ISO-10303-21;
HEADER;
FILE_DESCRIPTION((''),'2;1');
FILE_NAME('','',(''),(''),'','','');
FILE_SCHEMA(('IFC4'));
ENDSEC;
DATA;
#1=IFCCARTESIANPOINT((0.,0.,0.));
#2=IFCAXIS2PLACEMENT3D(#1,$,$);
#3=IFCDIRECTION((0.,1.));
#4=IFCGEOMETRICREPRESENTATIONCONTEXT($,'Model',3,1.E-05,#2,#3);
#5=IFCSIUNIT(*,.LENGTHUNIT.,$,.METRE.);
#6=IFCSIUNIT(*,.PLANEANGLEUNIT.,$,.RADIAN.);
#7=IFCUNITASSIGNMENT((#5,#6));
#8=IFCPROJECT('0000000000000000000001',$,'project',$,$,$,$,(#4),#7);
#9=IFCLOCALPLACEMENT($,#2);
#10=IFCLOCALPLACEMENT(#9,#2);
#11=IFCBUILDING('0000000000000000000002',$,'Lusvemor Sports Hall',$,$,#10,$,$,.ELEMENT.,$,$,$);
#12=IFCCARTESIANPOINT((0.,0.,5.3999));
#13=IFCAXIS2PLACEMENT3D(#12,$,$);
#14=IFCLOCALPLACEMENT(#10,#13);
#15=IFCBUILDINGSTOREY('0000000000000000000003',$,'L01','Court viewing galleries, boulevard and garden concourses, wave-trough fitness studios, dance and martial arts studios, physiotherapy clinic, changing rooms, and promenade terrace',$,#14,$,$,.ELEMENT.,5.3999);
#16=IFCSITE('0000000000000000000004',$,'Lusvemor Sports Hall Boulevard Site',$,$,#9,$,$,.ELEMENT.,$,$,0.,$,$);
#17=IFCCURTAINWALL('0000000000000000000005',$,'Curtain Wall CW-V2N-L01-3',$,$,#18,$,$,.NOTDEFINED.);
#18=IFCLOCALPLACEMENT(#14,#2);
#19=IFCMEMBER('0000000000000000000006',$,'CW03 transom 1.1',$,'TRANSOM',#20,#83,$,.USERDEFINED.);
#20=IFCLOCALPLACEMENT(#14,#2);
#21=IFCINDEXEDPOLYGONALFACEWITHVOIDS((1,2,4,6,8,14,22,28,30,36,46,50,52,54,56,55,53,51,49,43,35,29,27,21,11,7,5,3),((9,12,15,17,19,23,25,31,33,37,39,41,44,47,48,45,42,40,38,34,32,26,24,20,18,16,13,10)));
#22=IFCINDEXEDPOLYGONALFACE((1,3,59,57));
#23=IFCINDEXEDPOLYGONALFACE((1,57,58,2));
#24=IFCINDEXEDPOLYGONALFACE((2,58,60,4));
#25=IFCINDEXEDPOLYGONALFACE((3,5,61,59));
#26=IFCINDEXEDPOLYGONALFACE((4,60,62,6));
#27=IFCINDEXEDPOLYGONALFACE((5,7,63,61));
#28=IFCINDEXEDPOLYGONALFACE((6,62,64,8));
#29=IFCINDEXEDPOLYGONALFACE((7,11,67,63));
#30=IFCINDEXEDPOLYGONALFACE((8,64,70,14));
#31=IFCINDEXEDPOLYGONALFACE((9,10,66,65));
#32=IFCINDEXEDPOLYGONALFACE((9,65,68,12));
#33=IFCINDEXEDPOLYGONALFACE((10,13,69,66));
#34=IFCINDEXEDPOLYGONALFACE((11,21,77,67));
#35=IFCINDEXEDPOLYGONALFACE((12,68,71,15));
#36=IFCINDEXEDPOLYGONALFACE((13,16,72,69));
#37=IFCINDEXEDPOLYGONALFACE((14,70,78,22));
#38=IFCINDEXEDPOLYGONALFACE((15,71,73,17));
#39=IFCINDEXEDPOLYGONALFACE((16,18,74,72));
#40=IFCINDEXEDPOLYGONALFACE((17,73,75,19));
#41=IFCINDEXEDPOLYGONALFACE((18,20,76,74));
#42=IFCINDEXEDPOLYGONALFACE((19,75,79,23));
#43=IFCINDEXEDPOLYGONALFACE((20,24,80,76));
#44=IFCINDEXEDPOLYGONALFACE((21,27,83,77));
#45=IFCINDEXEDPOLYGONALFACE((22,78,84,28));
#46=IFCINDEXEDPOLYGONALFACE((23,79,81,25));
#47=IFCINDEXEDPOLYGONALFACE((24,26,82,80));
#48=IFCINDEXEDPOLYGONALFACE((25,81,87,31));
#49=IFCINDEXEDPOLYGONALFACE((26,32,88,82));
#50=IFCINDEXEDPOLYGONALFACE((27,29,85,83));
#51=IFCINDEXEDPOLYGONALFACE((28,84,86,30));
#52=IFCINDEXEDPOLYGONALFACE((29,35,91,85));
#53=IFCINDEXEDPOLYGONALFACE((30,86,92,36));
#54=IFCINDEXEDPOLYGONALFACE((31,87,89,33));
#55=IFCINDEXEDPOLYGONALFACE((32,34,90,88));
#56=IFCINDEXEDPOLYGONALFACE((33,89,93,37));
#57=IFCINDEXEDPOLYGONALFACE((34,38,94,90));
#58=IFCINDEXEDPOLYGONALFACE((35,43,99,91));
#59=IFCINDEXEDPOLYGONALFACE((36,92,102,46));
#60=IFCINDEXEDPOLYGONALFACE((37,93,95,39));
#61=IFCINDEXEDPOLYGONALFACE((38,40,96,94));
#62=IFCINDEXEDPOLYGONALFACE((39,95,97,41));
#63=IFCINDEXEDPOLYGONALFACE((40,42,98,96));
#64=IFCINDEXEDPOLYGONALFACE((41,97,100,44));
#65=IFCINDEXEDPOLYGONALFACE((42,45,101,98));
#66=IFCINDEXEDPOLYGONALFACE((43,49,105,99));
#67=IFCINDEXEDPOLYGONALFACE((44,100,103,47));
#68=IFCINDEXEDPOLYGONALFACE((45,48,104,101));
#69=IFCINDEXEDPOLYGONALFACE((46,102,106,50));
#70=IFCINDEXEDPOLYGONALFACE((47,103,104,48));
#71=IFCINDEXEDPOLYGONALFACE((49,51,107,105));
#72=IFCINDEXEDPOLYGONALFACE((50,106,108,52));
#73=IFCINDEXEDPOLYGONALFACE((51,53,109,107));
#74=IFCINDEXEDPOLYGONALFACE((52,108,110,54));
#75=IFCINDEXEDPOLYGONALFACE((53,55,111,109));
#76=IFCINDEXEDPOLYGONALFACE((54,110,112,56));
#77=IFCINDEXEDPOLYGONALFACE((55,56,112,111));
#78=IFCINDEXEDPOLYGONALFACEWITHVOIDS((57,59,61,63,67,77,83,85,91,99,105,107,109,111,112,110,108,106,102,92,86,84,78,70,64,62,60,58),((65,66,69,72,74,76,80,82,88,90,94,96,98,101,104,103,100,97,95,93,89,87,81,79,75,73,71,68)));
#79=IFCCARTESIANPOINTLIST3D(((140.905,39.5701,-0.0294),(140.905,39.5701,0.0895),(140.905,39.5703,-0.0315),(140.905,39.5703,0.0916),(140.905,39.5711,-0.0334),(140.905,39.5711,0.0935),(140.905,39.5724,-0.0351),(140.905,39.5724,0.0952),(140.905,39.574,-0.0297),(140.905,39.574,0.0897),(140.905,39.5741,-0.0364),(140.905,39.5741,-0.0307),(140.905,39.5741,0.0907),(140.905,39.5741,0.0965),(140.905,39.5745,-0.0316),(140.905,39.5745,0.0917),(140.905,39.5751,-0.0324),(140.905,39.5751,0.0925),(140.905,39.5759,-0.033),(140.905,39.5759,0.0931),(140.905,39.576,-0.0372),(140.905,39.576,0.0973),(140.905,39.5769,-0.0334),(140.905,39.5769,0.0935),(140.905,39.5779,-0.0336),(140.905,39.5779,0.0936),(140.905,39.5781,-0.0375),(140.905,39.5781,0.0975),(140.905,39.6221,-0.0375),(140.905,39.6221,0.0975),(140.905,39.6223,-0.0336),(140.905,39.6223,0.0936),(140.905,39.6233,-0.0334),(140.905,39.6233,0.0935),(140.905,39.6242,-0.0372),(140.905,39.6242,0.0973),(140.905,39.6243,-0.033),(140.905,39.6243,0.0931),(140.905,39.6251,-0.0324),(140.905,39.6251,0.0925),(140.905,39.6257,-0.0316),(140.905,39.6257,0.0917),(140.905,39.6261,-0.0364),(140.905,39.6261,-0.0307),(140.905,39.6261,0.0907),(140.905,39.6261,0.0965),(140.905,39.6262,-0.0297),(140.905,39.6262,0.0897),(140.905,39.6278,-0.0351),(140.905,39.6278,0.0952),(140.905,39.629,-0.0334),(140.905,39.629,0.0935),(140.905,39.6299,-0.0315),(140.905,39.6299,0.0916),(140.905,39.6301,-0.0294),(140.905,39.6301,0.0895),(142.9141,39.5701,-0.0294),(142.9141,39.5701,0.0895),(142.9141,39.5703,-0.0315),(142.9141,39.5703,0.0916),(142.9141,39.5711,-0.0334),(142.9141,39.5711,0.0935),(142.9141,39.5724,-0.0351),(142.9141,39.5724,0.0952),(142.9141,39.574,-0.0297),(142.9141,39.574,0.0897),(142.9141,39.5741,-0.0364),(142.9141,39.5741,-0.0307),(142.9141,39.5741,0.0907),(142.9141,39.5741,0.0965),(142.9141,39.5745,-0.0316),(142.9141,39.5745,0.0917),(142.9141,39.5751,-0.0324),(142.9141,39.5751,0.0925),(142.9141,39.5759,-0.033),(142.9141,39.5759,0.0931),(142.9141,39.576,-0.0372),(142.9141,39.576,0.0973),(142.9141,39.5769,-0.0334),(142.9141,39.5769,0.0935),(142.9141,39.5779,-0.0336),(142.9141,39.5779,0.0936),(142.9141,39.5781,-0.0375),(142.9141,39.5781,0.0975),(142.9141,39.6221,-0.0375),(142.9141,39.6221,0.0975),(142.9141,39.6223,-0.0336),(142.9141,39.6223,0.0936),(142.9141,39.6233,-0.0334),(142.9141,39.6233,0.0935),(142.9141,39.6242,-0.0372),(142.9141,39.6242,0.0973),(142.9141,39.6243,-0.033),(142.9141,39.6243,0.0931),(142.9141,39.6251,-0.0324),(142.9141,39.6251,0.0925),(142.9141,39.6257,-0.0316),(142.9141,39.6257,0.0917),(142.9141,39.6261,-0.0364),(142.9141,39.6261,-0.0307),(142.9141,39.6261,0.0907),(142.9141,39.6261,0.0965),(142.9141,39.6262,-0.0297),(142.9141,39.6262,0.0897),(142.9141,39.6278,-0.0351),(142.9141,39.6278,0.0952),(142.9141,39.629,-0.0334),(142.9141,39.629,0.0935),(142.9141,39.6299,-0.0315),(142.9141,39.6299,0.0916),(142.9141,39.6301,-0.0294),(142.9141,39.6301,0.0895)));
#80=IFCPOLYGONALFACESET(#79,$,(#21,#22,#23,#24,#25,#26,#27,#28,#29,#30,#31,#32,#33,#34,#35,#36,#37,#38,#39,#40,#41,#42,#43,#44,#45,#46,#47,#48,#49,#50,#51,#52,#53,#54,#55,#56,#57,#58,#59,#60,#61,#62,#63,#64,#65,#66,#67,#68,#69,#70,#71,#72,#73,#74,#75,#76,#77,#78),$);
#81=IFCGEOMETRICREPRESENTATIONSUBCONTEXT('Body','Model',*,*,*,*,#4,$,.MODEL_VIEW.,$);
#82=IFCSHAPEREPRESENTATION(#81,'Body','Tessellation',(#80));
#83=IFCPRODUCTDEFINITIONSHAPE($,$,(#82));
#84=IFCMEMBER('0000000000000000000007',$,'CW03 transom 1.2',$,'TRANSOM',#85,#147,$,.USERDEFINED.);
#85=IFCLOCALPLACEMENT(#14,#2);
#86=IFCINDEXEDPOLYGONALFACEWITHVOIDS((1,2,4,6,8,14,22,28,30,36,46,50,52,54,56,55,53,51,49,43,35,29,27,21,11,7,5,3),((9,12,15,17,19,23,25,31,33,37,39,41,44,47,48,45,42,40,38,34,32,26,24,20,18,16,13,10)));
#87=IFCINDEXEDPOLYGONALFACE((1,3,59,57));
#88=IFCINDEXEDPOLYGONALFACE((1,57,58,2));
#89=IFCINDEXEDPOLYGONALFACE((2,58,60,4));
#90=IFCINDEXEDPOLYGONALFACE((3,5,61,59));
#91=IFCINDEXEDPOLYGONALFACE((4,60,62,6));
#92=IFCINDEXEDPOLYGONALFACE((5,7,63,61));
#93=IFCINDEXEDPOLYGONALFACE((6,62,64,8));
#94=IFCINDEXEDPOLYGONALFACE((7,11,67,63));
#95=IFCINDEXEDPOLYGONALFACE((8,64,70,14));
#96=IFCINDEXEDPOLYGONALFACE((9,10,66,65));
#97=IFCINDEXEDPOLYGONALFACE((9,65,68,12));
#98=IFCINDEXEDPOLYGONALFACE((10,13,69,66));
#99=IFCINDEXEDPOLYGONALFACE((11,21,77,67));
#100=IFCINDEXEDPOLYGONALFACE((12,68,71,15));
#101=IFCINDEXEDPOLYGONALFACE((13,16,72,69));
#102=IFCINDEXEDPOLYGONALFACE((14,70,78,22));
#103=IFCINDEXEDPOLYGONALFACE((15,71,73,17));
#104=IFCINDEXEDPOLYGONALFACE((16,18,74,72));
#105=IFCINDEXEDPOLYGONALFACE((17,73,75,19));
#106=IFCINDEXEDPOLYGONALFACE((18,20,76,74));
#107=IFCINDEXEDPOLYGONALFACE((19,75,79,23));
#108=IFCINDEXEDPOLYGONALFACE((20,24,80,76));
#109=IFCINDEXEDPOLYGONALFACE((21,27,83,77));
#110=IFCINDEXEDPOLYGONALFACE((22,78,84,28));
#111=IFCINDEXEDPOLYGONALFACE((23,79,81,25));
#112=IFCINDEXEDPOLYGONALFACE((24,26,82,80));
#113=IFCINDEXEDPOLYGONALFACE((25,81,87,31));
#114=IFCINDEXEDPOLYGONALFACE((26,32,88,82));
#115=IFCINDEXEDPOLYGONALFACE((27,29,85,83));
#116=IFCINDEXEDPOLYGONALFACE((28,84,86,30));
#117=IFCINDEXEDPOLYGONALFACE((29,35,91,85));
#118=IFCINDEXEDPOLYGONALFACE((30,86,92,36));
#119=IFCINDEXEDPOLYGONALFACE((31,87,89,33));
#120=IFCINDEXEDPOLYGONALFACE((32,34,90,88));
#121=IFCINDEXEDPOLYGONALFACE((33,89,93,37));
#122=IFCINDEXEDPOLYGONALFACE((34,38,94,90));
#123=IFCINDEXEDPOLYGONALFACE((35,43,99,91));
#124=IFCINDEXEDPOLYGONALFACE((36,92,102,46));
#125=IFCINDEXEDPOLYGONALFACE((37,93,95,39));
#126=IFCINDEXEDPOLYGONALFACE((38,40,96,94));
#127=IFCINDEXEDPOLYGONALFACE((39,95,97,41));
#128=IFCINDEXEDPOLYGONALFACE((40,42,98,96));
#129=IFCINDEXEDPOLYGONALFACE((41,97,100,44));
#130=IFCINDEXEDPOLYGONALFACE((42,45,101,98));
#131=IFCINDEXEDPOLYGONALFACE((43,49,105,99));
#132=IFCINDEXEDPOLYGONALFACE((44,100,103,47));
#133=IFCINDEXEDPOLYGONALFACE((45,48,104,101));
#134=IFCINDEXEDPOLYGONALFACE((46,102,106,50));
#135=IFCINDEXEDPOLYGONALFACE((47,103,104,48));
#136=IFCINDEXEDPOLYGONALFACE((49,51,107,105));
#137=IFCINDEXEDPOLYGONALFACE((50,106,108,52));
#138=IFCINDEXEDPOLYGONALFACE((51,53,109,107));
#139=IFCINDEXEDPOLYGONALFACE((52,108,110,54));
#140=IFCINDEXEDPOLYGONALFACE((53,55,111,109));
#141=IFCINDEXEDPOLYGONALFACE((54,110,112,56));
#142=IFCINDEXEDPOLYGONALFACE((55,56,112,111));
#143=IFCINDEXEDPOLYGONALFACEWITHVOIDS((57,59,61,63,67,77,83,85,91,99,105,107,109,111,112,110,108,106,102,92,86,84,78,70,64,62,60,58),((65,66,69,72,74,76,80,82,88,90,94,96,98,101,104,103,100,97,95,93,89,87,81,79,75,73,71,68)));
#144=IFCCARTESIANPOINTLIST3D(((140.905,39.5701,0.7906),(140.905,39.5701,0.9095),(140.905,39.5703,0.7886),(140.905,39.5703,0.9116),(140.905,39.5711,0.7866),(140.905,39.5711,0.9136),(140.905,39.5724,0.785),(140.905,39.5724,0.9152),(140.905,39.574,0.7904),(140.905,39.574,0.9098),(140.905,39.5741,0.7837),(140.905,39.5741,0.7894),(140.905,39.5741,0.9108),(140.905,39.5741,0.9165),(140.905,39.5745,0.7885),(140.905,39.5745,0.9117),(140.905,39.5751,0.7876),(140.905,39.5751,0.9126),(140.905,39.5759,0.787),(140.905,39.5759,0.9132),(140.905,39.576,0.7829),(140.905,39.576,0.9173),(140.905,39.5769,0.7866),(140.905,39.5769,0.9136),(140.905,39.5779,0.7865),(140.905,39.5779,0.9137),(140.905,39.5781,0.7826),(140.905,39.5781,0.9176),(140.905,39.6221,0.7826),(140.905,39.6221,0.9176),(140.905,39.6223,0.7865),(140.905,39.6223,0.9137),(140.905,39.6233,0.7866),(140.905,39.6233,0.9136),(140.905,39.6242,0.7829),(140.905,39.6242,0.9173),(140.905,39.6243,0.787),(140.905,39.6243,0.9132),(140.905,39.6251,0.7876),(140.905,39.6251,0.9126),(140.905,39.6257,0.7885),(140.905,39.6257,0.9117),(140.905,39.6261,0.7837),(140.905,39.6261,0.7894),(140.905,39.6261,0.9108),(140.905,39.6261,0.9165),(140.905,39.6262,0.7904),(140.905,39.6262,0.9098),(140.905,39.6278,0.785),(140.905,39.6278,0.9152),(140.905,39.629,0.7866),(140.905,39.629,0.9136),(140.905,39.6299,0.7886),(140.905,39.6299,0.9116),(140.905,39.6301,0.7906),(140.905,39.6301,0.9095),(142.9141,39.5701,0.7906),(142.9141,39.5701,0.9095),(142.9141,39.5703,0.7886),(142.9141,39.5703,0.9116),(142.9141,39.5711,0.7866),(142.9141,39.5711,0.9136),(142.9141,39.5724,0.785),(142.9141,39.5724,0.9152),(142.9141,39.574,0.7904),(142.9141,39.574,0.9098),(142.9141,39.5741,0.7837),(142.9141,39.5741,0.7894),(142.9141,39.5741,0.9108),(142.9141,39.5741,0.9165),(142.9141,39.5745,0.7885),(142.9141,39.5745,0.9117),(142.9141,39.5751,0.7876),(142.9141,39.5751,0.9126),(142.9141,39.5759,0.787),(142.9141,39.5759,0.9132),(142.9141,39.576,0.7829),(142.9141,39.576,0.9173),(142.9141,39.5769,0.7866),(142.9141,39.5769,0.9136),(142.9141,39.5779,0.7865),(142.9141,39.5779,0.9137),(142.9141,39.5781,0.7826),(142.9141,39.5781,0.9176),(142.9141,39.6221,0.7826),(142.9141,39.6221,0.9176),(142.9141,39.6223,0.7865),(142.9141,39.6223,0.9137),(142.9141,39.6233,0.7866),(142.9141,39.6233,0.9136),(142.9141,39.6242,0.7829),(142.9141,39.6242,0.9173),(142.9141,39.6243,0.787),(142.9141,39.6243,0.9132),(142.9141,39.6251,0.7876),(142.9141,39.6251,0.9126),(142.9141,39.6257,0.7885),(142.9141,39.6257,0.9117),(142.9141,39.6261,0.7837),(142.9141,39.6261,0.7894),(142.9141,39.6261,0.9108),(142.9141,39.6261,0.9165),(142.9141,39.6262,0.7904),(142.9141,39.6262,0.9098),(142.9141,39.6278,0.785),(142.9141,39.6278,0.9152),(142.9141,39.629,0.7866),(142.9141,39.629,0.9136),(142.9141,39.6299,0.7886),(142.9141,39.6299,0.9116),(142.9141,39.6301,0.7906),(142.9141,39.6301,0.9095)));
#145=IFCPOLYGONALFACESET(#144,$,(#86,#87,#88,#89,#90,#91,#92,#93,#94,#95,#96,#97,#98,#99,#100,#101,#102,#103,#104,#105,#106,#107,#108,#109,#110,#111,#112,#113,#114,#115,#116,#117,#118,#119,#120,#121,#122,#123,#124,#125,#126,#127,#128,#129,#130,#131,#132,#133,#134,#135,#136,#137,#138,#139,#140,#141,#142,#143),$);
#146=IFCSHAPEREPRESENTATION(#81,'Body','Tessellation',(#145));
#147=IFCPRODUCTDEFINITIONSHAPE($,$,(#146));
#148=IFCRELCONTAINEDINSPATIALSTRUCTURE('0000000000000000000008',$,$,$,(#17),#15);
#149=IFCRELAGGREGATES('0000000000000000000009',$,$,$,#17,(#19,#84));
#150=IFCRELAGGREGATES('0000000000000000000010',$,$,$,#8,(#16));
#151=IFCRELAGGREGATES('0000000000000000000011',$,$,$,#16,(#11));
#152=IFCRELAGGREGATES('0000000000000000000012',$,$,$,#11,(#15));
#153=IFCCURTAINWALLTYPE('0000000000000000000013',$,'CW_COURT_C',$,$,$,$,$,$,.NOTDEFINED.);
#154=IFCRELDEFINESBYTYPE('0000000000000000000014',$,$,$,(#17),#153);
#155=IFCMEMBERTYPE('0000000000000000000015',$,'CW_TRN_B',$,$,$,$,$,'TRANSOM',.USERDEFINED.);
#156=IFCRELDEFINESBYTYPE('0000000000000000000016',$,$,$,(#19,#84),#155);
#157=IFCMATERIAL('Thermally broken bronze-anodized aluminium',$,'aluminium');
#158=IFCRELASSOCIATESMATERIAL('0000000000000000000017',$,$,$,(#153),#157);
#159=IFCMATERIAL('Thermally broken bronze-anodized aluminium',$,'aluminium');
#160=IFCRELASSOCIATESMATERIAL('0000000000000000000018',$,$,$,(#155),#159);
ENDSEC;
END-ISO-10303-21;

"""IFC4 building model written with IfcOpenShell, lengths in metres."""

from ifc_helpers import new_model, si_unit, direction, frame, origin, origin_2d, place, context, subcontext, project, spatial, hollow_rectangle, extrude, material, material_profile, profile_set, type_object, element, aggregate, save


model = new_model("IFC4")

# Units and contexts
model_context = context("Model", 3, precision=1e-05, world=origin(), true_north=direction((0.0, 1.0)))
body_context = subcontext(model_context, "Body", "Model", "MODEL_VIEW")
ifc_project = project(units=[si_unit("LENGTHUNIT", "METRE"), si_unit("PLANEANGLEUNIT", "RADIAN")], contexts=[model_context])

# Site, building, storey
site_placement = place(None, origin())
site = spatial("IfcSite", under=ifc_project, at=site_placement, Name="Lusvemor Sports Hall Boulevard Site", CompositionType="ELEMENT", RefElevation=0.0)
building_placement = place(site_placement, origin())
building = spatial("IfcBuilding", under=site, at=building_placement, Name="Lusvemor Sports Hall", CompositionType="ELEMENT")
storey_placement = place(building_placement, frame((0.0, 0.0, 5.3999)))
storey = spatial("IfcBuildingStorey", under=building, at=storey_placement, Name="L01", Description="Court viewing galleries, boulevard and garden concourses, wave-trough fitness studios, dance and martial arts studios, physiotherapy clinic, changing rooms, and promenade terrace", CompositionType="ELEMENT", Elevation=5.3999)

# Curtain wall, members
ifc_material_1 = material(Name="Thermally broken bronze-anodized aluminium", Category="aluminium")
curtain_wall_type = type_object("IfcCurtainWallType", Name="CW_COURT_C", PredefinedType="NOTDEFINED", material=ifc_material_1)
curtain_wall_placement = place(storey_placement, origin())
curtain_wall = element("IfcCurtainWall", 1, at=curtain_wall_placement, inside=storey, type_object=curtain_wall_type, Name="Curtain Wall CW-V2N-L01-3", PredefinedType="NOTDEFINED")
ifc_material_2 = material(Name="Thermally broken bronze-anodized aluminium", Category="aluminium")
ifc_material_profile_1 = material_profile(ifc_material_2, hollow_rectangle(XDim=0.0601, YDim=0.135, WallThickness=0.0039, InnerFilletRadius=0.0039, OuterFilletRadius=0.0081, at=origin_2d()), Name="CWTRN135x60x4")
ifc_profile_set_1 = profile_set([ifc_material_profile_1], Name="Thermally broken bronze-anodized aluminium")
member_type_1 = type_object("IfcMemberType", Name="CW_TRN_B", ElementType="TRANSOM", PredefinedType="USERDEFINED", material=ifc_profile_set_1)
member_1_placement = place(storey_placement, frame((140.905, 39.6001, 0.03), z_axis=(1.0, 0.0, 0.0), x_axis=(0.0, 1.0, 0.0)))
member_1 = element("IfcMember", 2, at=member_1_placement, type_object=member_type_1, Name="CW03 transom 1.1", ObjectType="TRANSOM", PredefinedType="USERDEFINED", context=body_context, shape_type="SweptSolid", body=[
    extrude(hollow_rectangle(XDim=0.0601, YDim=0.135, WallThickness=0.0039, InnerFilletRadius=0.0039, OuterFilletRadius=0.0081, at=origin_2d()), origin(), (0.0, 0.0, 1.0), 2.009),
])
member_2_placement = place(storey_placement, frame((140.905, 39.6001, 0.8501), z_axis=(1.0, 0.0, 0.0), x_axis=(0.0, 1.0, 0.0)))
member_2 = element("IfcMember", 3, at=member_2_placement, type_object=member_type_1, Name="CW03 transom 1.2", ObjectType="TRANSOM", PredefinedType="USERDEFINED", context=body_context, shape_type="SweptSolid", body=[
    extrude(hollow_rectangle(XDim=0.0601, YDim=0.135, WallThickness=0.0039, InnerFilletRadius=0.0039, OuterFilletRadius=0.0081, at=origin_2d()), origin(), (0.0, 0.0, 1.0), 2.009),
])

aggregate(curtain_wall, [member_1, member_2])

save(model, "model.ifc")
